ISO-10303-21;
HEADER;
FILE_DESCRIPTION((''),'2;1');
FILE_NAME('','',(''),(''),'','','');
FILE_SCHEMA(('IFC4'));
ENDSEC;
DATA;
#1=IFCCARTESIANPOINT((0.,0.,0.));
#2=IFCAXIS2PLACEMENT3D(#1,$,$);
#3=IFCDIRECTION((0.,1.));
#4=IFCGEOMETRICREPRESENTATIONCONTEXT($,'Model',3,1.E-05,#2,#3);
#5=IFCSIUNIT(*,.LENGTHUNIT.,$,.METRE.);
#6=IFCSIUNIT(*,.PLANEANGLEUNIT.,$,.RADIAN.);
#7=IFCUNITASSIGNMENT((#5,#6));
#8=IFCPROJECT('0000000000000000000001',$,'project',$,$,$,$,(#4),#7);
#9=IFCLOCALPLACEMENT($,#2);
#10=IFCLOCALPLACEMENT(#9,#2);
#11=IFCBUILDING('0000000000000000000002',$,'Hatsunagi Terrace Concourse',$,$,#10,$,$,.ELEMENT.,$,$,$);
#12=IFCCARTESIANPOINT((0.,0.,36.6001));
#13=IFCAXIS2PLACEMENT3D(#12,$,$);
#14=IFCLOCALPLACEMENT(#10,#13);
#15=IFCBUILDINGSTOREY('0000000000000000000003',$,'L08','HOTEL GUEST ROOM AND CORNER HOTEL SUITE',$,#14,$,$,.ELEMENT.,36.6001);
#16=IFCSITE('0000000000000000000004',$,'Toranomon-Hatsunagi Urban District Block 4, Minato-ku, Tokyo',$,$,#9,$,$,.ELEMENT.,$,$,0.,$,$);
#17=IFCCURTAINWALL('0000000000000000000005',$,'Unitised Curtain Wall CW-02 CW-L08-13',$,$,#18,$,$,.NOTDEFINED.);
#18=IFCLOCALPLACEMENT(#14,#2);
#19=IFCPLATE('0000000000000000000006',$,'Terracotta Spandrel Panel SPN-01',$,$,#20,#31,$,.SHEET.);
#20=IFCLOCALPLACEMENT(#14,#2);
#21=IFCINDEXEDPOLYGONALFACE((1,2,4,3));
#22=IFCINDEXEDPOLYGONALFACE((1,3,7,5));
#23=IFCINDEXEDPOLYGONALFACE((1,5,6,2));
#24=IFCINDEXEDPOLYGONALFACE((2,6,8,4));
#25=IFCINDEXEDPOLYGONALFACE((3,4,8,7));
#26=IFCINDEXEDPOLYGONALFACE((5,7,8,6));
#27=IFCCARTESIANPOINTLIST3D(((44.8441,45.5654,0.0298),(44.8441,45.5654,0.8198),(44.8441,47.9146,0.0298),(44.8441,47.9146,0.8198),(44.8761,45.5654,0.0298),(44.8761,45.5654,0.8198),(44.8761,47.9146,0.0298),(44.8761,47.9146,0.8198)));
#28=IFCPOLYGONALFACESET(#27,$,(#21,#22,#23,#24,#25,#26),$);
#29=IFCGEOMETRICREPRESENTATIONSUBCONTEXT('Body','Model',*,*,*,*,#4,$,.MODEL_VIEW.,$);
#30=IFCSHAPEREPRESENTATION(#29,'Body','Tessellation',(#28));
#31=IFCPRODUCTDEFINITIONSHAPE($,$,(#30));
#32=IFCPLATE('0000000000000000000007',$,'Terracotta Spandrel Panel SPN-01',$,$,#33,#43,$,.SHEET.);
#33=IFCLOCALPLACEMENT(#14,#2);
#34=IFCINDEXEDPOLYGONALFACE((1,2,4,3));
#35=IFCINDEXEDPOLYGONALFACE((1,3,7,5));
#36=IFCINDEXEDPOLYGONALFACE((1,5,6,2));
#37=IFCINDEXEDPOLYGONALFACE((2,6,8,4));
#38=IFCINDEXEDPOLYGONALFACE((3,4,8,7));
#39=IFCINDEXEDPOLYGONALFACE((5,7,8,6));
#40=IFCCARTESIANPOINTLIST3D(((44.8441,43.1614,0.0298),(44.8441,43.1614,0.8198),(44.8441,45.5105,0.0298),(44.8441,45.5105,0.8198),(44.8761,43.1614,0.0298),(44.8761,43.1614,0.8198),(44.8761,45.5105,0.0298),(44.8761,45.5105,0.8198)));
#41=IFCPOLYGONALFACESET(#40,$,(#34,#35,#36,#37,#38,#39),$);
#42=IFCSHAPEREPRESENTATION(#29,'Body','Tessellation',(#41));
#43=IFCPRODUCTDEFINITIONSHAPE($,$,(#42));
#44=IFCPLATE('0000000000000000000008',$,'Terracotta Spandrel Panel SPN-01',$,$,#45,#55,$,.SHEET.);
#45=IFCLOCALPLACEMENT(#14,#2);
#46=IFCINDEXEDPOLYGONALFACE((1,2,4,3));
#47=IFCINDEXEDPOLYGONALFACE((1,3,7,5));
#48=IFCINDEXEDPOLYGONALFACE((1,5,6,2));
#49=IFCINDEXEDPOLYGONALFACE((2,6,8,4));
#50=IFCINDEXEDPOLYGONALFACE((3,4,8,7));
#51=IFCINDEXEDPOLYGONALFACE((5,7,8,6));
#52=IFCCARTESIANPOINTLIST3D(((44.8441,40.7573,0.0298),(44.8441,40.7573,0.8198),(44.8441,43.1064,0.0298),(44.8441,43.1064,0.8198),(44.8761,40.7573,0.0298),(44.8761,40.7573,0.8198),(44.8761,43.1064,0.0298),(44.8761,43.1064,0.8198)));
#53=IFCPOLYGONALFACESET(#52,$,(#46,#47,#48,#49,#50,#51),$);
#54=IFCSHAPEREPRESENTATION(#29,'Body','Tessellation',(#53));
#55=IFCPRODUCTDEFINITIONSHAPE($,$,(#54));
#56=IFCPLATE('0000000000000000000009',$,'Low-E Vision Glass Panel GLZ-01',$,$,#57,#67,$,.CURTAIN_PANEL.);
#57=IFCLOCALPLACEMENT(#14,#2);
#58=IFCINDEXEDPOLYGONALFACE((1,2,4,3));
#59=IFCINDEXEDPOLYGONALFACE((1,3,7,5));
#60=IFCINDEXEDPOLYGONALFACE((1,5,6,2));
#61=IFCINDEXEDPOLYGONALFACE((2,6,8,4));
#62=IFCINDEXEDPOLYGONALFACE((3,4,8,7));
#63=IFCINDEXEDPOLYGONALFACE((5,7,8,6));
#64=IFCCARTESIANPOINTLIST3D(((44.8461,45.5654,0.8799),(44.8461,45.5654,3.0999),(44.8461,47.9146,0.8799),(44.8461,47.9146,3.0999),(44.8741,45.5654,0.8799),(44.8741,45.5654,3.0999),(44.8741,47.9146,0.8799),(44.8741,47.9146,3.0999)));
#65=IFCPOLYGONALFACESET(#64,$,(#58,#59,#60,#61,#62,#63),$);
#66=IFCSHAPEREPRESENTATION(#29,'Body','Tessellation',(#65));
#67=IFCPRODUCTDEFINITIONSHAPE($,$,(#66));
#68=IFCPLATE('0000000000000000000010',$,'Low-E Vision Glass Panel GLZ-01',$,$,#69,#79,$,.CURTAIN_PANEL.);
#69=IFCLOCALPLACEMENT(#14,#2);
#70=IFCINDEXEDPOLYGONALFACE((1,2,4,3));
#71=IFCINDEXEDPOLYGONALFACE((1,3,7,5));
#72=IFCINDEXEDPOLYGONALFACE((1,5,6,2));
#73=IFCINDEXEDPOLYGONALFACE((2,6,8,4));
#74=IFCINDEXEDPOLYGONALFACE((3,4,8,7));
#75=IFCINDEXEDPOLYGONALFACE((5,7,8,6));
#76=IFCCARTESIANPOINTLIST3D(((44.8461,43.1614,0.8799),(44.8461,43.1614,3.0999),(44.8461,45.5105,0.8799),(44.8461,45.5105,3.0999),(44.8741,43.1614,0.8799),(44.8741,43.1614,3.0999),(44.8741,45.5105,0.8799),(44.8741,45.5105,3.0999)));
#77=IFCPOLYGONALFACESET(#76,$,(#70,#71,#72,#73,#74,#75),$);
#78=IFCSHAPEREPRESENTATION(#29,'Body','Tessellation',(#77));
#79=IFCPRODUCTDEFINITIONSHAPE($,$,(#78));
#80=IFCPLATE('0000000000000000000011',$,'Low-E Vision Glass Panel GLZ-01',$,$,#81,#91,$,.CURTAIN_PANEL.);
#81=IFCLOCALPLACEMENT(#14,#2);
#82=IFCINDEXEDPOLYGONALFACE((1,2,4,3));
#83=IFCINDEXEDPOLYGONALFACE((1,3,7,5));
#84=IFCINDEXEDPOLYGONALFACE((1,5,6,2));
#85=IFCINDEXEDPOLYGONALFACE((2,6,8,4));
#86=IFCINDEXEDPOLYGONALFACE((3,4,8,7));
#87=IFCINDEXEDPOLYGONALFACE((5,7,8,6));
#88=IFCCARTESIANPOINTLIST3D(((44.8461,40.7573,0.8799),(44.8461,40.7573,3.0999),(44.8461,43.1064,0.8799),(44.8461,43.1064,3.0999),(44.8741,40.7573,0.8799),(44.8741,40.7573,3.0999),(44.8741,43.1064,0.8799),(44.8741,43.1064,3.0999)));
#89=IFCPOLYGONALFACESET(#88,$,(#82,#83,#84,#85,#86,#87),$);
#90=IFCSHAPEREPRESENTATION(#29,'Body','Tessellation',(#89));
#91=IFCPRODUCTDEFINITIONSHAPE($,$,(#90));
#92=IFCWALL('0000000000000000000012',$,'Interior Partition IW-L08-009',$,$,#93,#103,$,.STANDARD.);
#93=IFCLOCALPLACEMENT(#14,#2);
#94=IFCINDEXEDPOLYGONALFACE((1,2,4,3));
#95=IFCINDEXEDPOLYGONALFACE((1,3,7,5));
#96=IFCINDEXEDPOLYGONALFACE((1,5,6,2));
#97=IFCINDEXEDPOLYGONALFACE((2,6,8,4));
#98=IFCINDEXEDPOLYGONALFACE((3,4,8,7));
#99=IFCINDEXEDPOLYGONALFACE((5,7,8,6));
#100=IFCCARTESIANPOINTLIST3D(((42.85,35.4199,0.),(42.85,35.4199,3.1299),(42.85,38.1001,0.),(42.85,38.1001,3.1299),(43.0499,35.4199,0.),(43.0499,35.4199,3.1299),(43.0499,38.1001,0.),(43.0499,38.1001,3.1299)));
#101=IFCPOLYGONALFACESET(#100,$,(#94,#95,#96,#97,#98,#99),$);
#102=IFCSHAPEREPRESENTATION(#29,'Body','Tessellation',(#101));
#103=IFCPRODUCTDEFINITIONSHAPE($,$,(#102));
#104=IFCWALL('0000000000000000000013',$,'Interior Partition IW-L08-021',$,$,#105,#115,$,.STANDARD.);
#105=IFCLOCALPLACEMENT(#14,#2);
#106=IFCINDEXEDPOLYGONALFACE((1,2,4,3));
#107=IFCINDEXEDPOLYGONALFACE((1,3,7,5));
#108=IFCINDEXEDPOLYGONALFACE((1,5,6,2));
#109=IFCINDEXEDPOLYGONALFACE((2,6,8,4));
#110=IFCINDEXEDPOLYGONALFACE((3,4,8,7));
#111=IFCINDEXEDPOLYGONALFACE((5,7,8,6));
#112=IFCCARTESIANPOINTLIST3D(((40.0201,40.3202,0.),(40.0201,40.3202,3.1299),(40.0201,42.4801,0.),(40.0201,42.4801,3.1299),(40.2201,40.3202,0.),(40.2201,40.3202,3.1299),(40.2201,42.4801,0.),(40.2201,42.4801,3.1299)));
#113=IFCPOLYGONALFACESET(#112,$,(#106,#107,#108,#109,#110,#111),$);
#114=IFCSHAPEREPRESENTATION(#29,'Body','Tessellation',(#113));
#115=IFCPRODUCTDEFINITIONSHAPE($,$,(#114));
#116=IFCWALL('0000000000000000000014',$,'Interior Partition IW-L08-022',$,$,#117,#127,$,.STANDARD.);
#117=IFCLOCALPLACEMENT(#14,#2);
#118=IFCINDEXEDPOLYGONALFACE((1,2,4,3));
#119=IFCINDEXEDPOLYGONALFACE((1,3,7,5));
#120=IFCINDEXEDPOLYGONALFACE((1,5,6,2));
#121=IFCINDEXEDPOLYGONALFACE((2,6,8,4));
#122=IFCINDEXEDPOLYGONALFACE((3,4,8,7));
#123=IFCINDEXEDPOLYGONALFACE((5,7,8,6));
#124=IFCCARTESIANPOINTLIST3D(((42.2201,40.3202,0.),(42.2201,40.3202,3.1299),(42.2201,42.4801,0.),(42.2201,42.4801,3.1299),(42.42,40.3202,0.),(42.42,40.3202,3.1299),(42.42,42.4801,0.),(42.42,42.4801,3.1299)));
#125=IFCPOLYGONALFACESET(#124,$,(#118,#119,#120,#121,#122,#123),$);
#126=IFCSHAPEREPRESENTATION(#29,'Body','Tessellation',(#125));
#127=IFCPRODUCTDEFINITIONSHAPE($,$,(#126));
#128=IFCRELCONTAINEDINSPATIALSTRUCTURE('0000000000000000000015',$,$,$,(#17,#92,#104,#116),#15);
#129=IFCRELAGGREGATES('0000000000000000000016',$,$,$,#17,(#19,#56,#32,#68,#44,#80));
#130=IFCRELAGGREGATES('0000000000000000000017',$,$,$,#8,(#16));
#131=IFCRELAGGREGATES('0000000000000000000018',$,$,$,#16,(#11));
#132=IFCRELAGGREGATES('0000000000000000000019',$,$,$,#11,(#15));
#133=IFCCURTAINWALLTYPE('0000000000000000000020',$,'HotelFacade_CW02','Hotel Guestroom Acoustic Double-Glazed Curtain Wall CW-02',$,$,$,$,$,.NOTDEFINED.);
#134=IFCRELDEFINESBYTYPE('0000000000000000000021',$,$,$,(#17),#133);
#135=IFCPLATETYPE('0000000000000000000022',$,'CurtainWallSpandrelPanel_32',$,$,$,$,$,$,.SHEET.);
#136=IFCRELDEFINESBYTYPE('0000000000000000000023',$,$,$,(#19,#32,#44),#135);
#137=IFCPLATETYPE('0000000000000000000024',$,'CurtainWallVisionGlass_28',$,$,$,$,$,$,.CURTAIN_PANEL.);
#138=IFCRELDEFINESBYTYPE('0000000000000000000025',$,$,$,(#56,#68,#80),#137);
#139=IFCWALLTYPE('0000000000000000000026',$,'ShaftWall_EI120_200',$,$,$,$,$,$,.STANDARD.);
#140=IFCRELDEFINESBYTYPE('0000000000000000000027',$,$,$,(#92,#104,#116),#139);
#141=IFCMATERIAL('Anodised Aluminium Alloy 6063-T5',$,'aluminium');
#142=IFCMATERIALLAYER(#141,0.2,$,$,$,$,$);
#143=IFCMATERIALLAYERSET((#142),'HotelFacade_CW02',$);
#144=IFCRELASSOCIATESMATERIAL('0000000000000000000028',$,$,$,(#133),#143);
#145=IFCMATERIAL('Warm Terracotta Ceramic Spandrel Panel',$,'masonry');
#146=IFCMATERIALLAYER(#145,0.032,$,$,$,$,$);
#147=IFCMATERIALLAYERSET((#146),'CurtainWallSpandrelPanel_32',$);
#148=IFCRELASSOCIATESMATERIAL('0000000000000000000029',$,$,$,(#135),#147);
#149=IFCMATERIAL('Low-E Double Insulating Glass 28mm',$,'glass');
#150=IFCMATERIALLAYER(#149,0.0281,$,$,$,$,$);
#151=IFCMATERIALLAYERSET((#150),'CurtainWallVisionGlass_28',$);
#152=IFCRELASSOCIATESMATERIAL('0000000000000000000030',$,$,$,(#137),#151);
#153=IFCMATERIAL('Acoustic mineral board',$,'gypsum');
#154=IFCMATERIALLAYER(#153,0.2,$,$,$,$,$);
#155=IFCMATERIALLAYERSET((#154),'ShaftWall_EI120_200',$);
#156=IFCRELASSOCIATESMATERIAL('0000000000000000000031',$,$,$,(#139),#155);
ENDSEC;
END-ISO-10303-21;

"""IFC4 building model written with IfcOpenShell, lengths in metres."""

from ifc_helpers import new_model, si_unit, direction, frame, frame_2d, origin, origin_2d, place, context, subcontext, project, spatial, rectangle, extrude, material, layer, layer_set, type_object, element, aggregate, save


model = new_model("IFC4")

# Units and contexts
model_context = context("Model", 3, precision=1e-05, world=origin(), true_north=direction((0.0, 1.0)))
body_context = subcontext(model_context, "Body", "Model", "MODEL_VIEW")
ifc_project = project(units=[si_unit("LENGTHUNIT", "METRE"), si_unit("PLANEANGLEUNIT", "RADIAN")], contexts=[model_context])

# Site, building, storey
site_placement = place(None, origin())
site = spatial("IfcSite", under=ifc_project, at=site_placement, Name="Toranomon-Hatsunagi Urban District Block 4, Minato-ku, Tokyo", CompositionType="ELEMENT", RefElevation=0.0)
building_placement = place(site_placement, origin())
building = spatial("IfcBuilding", under=site, at=building_placement, Name="Hatsunagi Terrace Concourse", CompositionType="ELEMENT")
storey_placement = place(building_placement, frame((0.0, 0.0, 36.6001)))
storey = spatial("IfcBuildingStorey", under=building, at=storey_placement, Name="L08", Description="HOTEL GUEST ROOM AND CORNER HOTEL SUITE", CompositionType="ELEMENT", Elevation=36.6001)

# Curtain wall
ifc_material_1 = material(Name="Anodised Aluminium Alloy 6063-T5", Category="aluminium")
ifc_layer_1 = layer(ifc_material_1, 0.2)
ifc_layer_set_1 = layer_set([ifc_layer_1], Name="HotelFacade_CW02")
curtain_wall_type = type_object("IfcCurtainWallType", Name="HotelFacade_CW02", Description="Hotel Guestroom Acoustic Double-Glazed Curtain Wall CW-02", PredefinedType="NOTDEFINED", material=ifc_layer_set_1)
curtain_wall_placement = place(storey_placement, origin())
curtain_wall = element("IfcCurtainWall", 1, at=curtain_wall_placement, inside=storey, type_object=curtain_wall_type, Name="Unitised Curtain Wall CW-02 CW-L08-13", PredefinedType="NOTDEFINED")

# Plates
ifc_material_2 = material(Name="Warm Terracotta Ceramic Spandrel Panel", Category="masonry")
ifc_layer_2 = layer(ifc_material_2, 0.032)
ifc_layer_set_2 = layer_set([ifc_layer_2], Name="CurtainWallSpandrelPanel_32")
plate_type_1 = type_object("IfcPlateType", Name="CurtainWallSpandrelPanel_32", PredefinedType="SHEET", material=ifc_layer_set_2)
plate_1_placement = place(storey_placement, frame((44.8601, 46.74, 0.0298), z_axis=(0.0, 0.0, 1.0), x_axis=(0.0, -1.0, 0.0)))
plate_1 = element("IfcPlate", 2, at=plate_1_placement, type_object=plate_type_1, Name="Terracotta Spandrel Panel SPN-01", PredefinedType="SHEET", context=body_context, shape_type="SweptSolid", body=[
    extrude(rectangle(XDim=2.3491, YDim=0.032, at=origin_2d()), origin(), (0.0, 0.0, 1.0), 0.79),
])
plate_2_placement = place(storey_placement, frame((44.8601, 44.3359, 0.0298), z_axis=(0.0, 0.0, 1.0), x_axis=(0.0, -1.0, 0.0)))
plate_2 = element("IfcPlate", 3, at=plate_2_placement, type_object=plate_type_1, Name="Terracotta Spandrel Panel SPN-01", PredefinedType="SHEET", context=body_context, shape_type="SweptSolid", body=[
    extrude(rectangle(XDim=2.3491, YDim=0.032, at=origin_2d()), origin(), (0.0, 0.0, 1.0), 0.79),
])
plate_3_placement = place(storey_placement, frame((44.8601, 41.9319, 0.0298), z_axis=(0.0, 0.0, 1.0), x_axis=(0.0, -1.0, 0.0)))
plate_3 = element("IfcPlate", 4, at=plate_3_placement, type_object=plate_type_1, Name="Terracotta Spandrel Panel SPN-01", PredefinedType="SHEET", context=body_context, shape_type="SweptSolid", body=[
    extrude(rectangle(XDim=2.3491, YDim=0.032, at=origin_2d()), origin(), (0.0, 0.0, 1.0), 0.79),
])
ifc_material_3 = material(Name="Low-E Double Insulating Glass 28mm", Category="glass")
ifc_layer_3 = layer(ifc_material_3, 0.0281)
ifc_layer_set_3 = layer_set([ifc_layer_3], Name="CurtainWallVisionGlass_28")
plate_type_2 = type_object("IfcPlateType", Name="CurtainWallVisionGlass_28", PredefinedType="CURTAIN_PANEL", material=ifc_layer_set_3)
plate_4_placement = place(storey_placement, frame((44.8601, 46.74, 0.8799), z_axis=(0.0, 0.0, 1.0), x_axis=(0.0, -1.0, 0.0)))
plate_4 = element("IfcPlate", 5, at=plate_4_placement, type_object=plate_type_2, Name="Low-E Vision Glass Panel GLZ-01", PredefinedType="CURTAIN_PANEL", context=body_context, shape_type="SweptSolid", body=[
    extrude(rectangle(XDim=2.3491, YDim=0.0281, at=origin_2d()), origin(), (0.0, 0.0, 1.0), 2.22),
])
plate_5_placement = place(storey_placement, frame((44.8601, 44.3359, 0.8799), z_axis=(0.0, 0.0, 1.0), x_axis=(0.0, -1.0, 0.0)))
plate_5 = element("IfcPlate", 6, at=plate_5_placement, type_object=plate_type_2, Name="Low-E Vision Glass Panel GLZ-01", PredefinedType="CURTAIN_PANEL", context=body_context, shape_type="SweptSolid", body=[
    extrude(rectangle(XDim=2.3491, YDim=0.0281, at=origin_2d()), origin(), (0.0, 0.0, 1.0), 2.22),
])
plate_6_placement = place(storey_placement, frame((44.8601, 41.9319, 0.8799), z_axis=(0.0, 0.0, 1.0), x_axis=(0.0, -1.0, 0.0)))
plate_6 = element("IfcPlate", 7, at=plate_6_placement, type_object=plate_type_2, Name="Low-E Vision Glass Panel GLZ-01", PredefinedType="CURTAIN_PANEL", context=body_context, shape_type="SweptSolid", body=[
    extrude(rectangle(XDim=2.3491, YDim=0.0281, at=origin_2d()), origin(), (0.0, 0.0, 1.0), 2.22),
])
aggregate(curtain_wall, [plate_1, plate_4, plate_2, plate_5, plate_3, plate_6])

# Walls
ifc_material_4 = material(Name="Acoustic mineral board", Category="gypsum")
ifc_layer_4 = layer(ifc_material_4, 0.2)
ifc_layer_set_4 = layer_set([ifc_layer_4], Name="ShaftWall_EI120_200")
wall_type_1 = type_object("IfcWallType", Name="ShaftWall_EI120_200", PredefinedType="STANDARD", material=ifc_layer_set_4)
wall_1_placement = place(storey_placement, frame((42.95, 35.4199, 0.0), z_axis=(0.0, 0.0, 1.0), x_axis=(0.0, 1.0, 0.0)))
element("IfcWall", 8, at=wall_1_placement, inside=storey, type_object=wall_type_1, Name="Interior Partition IW-L08-009", PredefinedType="STANDARD", context=body_context, shape_type="SweptSolid", body=[
    extrude(rectangle(XDim=2.6802, YDim=0.2, at=frame_2d((1.3401, 0.0))), origin(), (0.0, 0.0, 1.0), 3.1299),
])
for number, where, z_axis, x_axis, name in (
    (9, (40.1201, 40.3201, 0.0), (0.0, 0.0, 1.0), (0.0, 1.0, 0.0), "Interior Partition IW-L08-021"),
    (10, (42.3201, 40.3201, 0.0), (0.0, 0.0, 1.0), (0.0, 1.0, 0.0), "Interior Partition IW-L08-022"),
):
    element("IfcWall", number, at=place(storey_placement, frame(where, z_axis=z_axis, x_axis=x_axis)), inside=storey, type_object=wall_type_1, Name=name, PredefinedType="STANDARD", context=body_context, shape_type="SweptSolid", body=[
        extrude(rectangle(XDim=2.1599, YDim=0.2, at=frame_2d((1.0801, 0.0))), origin(), (0.0, 0.0, 1.0), 3.1299),
    ])

save(model, "model.ifc")
